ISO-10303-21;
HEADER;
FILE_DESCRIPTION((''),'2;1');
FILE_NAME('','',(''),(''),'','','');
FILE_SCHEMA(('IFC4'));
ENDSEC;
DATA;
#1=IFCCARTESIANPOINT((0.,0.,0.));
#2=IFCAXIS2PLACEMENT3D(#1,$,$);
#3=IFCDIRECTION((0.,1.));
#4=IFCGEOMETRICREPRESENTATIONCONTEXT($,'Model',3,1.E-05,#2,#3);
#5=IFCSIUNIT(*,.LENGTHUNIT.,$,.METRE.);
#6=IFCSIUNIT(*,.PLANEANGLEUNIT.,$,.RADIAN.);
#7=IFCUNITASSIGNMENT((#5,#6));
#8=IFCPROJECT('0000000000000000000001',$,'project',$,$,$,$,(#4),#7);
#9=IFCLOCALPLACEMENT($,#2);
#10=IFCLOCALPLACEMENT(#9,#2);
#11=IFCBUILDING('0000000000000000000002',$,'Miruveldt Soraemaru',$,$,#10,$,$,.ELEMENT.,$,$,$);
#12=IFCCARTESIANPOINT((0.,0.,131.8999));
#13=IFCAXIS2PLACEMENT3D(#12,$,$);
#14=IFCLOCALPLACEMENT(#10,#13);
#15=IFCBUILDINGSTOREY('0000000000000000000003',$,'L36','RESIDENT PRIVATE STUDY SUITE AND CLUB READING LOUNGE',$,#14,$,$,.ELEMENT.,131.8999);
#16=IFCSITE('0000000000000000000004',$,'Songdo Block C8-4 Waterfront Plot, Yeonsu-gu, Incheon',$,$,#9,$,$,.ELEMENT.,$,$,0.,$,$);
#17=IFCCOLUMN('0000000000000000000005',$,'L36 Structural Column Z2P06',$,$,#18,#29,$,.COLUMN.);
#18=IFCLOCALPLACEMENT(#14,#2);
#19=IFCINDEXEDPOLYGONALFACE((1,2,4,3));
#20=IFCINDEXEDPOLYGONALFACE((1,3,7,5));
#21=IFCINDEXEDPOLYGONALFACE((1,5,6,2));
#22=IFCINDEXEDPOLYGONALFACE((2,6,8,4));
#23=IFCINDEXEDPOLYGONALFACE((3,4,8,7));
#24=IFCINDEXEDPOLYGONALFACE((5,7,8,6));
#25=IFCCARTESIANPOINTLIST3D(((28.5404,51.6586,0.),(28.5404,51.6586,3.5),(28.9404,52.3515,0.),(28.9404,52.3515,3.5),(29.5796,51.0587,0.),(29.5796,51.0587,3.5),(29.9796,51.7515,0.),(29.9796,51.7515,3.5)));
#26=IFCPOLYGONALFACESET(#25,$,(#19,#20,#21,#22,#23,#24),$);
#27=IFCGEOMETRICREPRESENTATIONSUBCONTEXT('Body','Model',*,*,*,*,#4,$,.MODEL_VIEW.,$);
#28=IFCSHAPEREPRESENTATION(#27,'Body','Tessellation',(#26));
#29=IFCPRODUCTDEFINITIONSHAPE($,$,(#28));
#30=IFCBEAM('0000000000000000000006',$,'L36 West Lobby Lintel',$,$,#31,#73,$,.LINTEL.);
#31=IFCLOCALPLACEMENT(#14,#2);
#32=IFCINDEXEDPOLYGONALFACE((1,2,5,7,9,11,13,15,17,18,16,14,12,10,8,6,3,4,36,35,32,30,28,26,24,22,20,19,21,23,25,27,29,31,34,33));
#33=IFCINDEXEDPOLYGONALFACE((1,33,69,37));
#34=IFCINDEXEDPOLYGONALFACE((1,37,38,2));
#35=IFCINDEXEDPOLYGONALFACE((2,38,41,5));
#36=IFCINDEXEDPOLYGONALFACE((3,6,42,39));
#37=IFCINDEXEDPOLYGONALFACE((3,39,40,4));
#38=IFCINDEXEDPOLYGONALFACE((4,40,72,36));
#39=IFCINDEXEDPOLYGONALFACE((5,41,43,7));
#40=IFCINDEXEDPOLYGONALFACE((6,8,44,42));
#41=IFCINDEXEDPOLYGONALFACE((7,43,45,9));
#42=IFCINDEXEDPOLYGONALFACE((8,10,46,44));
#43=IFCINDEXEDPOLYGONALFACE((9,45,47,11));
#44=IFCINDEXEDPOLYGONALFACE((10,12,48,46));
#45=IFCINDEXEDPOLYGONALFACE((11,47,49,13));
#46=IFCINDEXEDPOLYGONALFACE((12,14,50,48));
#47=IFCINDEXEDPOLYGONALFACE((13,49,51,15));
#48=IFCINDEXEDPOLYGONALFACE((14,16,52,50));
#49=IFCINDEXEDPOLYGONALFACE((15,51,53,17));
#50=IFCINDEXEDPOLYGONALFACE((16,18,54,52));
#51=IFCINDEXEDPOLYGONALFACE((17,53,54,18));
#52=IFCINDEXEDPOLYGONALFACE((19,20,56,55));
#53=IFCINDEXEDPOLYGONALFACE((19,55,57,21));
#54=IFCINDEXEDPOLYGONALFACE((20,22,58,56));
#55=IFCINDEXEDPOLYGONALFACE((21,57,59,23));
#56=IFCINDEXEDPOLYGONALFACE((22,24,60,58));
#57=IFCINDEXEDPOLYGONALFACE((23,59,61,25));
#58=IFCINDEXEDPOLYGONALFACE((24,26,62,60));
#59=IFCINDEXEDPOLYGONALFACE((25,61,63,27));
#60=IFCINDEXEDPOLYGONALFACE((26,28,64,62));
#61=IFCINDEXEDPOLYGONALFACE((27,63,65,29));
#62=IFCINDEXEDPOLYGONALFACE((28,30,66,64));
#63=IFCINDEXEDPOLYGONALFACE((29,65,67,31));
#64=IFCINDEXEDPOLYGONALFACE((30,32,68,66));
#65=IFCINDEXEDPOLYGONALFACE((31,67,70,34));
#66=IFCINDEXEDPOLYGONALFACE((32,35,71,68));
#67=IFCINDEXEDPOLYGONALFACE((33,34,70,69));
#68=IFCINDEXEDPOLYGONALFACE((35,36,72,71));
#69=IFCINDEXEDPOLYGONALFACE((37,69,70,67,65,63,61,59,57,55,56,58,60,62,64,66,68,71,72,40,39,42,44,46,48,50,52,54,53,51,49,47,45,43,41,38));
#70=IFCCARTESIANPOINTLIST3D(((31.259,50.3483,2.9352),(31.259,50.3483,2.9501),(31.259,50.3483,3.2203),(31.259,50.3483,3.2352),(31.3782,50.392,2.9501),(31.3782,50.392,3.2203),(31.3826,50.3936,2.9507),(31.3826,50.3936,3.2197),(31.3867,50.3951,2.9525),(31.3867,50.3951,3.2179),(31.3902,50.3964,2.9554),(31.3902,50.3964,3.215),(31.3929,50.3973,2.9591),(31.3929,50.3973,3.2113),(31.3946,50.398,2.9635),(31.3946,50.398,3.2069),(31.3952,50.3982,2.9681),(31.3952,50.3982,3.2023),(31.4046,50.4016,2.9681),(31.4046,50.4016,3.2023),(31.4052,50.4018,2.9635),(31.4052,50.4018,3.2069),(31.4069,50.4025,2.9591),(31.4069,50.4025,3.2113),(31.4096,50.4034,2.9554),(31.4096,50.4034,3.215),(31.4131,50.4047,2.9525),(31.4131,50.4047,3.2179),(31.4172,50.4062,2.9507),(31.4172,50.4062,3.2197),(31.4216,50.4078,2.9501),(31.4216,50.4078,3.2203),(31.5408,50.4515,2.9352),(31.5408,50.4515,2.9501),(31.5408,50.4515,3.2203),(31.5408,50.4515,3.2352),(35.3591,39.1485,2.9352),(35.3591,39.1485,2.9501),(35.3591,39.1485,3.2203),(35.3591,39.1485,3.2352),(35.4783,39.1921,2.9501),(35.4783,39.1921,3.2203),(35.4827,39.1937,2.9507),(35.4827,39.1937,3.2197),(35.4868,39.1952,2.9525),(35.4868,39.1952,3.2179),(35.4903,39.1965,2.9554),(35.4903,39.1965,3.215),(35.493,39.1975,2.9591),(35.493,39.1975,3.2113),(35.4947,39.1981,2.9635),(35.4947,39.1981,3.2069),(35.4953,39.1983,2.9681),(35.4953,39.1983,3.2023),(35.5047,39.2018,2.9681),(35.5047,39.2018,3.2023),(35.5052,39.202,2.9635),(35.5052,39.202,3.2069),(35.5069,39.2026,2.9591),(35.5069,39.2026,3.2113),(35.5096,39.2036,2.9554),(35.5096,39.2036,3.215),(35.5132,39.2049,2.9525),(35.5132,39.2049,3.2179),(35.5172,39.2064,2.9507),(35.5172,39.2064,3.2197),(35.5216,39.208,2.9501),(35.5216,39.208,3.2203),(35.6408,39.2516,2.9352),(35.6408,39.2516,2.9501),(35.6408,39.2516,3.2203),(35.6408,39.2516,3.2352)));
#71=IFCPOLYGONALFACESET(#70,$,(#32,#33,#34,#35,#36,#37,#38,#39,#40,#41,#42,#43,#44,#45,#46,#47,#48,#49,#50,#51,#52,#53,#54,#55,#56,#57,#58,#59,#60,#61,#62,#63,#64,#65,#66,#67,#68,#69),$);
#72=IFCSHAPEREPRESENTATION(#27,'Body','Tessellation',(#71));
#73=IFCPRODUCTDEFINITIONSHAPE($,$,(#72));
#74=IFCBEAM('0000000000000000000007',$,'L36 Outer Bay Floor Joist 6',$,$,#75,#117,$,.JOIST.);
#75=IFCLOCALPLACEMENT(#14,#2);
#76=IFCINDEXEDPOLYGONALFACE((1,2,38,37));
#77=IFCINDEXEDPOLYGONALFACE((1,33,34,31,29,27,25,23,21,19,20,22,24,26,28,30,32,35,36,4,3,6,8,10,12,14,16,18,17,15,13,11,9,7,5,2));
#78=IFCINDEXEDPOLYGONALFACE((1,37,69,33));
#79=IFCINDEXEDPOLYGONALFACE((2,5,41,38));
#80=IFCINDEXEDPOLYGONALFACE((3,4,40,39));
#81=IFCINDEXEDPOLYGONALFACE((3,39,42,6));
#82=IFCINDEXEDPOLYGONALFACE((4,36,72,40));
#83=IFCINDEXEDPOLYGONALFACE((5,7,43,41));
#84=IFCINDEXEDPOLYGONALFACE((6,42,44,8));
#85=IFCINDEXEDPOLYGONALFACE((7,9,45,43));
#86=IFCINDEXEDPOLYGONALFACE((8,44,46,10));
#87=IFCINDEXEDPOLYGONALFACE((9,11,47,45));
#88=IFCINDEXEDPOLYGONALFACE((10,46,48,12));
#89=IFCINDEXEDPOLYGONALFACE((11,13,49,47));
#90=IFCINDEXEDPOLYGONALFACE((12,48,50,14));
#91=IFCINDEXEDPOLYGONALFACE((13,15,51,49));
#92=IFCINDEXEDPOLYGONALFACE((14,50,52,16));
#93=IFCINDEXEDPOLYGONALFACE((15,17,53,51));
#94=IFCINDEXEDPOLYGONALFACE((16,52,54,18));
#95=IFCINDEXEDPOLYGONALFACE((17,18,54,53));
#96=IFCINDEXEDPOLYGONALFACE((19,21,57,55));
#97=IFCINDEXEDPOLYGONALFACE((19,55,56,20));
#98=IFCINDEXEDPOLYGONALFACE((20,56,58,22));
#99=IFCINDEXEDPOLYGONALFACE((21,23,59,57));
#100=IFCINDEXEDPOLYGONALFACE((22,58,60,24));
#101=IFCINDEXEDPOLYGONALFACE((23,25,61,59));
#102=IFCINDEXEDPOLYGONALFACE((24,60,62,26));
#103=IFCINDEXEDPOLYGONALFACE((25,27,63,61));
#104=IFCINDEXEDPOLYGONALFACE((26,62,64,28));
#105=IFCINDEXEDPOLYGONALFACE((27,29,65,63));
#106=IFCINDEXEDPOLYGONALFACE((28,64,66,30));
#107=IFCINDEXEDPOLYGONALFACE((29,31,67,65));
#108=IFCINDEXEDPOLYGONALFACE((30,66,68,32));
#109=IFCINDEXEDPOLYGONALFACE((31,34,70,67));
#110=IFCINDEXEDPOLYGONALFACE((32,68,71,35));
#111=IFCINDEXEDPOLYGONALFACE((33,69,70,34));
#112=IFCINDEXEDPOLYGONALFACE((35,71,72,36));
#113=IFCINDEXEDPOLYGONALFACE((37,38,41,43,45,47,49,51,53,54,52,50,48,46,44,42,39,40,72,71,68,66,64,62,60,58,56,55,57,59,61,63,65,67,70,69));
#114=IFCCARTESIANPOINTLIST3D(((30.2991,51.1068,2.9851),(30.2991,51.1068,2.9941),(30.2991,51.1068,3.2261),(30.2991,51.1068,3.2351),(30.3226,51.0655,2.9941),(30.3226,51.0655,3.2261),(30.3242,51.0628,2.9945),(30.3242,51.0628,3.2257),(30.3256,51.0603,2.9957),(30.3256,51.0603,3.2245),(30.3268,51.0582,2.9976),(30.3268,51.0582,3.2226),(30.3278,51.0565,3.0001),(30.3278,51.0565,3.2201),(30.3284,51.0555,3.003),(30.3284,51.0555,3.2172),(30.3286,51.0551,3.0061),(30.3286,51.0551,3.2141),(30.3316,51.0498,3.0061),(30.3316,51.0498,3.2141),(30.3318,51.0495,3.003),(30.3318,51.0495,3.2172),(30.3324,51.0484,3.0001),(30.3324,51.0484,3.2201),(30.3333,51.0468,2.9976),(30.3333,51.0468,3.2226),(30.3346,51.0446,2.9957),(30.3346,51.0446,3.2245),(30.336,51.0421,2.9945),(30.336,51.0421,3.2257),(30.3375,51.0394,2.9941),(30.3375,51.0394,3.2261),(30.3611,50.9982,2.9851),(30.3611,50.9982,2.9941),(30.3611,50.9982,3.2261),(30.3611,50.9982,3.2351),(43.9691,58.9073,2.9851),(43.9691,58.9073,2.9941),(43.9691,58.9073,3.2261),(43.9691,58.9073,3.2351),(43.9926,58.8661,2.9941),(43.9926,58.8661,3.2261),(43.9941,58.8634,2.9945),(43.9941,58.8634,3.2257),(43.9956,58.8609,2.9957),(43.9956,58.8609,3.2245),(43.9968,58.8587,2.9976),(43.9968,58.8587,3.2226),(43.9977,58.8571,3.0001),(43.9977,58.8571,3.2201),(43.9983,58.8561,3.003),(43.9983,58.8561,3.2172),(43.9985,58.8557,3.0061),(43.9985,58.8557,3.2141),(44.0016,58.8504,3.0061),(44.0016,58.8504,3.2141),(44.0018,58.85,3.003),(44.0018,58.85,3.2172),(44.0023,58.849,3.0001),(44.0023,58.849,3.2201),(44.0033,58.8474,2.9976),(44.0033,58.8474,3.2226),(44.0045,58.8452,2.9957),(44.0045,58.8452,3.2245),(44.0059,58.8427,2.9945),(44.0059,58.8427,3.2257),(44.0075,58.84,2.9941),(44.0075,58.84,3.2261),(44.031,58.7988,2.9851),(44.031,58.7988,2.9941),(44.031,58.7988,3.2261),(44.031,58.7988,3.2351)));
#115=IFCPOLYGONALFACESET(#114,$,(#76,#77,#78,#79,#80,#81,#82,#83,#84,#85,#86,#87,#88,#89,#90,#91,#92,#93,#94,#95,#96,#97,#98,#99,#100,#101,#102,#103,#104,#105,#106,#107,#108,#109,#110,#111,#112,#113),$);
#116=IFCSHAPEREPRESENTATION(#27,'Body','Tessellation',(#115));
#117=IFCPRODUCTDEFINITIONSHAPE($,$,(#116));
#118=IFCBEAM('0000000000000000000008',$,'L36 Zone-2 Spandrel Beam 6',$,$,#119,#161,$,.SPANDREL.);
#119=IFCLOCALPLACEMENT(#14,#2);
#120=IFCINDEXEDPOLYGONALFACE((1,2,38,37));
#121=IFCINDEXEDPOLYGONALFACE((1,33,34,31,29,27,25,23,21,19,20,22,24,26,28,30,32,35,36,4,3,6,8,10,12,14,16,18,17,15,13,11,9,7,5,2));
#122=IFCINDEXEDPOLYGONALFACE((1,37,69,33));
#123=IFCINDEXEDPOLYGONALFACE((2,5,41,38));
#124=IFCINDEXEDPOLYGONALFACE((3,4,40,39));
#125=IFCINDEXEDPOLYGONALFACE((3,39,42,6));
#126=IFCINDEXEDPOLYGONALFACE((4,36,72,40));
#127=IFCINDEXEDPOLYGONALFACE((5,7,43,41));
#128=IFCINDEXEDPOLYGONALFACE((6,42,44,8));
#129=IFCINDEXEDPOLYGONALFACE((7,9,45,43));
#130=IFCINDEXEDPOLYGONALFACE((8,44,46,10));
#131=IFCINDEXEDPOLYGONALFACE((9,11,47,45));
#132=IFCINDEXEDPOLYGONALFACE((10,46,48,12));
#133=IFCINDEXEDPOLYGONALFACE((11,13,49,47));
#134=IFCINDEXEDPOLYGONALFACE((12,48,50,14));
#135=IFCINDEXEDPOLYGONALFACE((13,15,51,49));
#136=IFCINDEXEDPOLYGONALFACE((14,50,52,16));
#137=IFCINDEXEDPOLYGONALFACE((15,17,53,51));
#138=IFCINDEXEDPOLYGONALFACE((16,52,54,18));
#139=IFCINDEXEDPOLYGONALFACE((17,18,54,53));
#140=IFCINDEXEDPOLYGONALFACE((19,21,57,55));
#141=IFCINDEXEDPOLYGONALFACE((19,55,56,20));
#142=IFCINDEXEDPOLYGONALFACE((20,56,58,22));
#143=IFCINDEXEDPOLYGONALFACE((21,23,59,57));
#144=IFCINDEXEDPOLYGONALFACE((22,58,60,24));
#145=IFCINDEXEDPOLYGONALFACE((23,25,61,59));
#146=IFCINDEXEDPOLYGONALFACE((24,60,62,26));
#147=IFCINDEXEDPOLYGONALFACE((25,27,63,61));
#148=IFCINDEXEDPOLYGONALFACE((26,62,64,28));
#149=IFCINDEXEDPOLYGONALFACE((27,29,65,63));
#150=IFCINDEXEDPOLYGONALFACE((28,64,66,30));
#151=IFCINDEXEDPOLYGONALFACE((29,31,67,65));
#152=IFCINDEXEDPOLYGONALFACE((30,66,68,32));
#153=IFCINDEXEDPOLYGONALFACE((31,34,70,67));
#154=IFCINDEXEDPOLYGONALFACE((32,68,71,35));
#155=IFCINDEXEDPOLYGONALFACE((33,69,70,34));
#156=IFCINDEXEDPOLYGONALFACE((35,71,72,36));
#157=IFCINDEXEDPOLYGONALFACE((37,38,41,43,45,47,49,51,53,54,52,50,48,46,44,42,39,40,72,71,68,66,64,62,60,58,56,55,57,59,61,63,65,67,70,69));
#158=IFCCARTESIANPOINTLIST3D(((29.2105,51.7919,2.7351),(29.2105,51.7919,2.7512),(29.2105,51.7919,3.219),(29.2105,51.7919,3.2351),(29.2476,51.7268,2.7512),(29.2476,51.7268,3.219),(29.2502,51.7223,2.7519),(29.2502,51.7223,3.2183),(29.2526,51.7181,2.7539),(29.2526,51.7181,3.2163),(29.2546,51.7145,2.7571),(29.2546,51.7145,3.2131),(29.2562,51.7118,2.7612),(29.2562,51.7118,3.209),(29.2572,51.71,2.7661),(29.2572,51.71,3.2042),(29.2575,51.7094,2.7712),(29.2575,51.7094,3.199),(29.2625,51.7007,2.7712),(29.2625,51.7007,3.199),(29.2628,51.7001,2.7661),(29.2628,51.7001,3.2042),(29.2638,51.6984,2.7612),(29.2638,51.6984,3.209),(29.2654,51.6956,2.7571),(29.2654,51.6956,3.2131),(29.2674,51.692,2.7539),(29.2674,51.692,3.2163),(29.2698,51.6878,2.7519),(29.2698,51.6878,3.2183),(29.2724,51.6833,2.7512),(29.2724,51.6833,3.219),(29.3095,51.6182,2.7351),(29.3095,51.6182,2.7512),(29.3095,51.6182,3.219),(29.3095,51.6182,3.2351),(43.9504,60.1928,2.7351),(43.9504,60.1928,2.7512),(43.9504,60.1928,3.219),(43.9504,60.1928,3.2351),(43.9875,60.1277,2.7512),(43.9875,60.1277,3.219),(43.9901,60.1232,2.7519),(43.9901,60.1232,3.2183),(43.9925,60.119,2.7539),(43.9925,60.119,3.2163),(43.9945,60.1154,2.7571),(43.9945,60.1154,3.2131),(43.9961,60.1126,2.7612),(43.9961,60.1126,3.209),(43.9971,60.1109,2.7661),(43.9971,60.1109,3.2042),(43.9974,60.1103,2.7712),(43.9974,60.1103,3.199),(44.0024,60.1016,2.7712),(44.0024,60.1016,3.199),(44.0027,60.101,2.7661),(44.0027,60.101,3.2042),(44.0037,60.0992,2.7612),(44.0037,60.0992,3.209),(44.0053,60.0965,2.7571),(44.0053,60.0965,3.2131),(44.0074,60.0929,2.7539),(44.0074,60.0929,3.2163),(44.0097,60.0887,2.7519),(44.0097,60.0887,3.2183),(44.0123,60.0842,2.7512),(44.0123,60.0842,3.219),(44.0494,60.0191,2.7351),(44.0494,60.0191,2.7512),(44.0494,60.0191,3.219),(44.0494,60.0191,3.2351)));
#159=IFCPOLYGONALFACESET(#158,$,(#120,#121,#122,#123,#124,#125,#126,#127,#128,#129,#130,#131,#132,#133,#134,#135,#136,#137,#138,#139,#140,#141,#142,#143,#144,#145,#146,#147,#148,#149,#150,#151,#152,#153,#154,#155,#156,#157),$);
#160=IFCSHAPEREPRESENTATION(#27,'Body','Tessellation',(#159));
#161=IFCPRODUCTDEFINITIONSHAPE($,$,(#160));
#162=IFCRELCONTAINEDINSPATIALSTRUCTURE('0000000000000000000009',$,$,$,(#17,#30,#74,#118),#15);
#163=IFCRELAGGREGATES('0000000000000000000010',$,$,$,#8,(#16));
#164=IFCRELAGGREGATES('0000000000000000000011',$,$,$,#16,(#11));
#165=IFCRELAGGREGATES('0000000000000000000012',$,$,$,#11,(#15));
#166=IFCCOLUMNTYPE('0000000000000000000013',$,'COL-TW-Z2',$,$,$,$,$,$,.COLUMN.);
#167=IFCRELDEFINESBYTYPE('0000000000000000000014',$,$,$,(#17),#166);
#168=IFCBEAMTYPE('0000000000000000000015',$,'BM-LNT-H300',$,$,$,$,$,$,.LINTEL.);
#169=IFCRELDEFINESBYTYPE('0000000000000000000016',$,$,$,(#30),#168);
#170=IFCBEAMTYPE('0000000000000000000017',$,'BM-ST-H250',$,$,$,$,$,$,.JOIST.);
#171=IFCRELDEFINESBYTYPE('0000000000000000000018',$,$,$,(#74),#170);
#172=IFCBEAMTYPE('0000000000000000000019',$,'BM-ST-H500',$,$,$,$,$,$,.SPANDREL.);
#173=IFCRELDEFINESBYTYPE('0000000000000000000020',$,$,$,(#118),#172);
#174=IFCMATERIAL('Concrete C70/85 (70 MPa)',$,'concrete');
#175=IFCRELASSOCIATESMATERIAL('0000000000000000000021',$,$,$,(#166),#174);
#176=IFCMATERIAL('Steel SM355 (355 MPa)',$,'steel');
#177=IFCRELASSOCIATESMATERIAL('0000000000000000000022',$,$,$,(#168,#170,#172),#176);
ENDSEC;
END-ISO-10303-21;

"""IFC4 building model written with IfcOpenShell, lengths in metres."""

from ifc_helpers import new_model, si_unit, direction, frame, origin, origin_2d, place, context, subcontext, project, spatial, rectangle, i_section, extrude, material, material_profile, profile_set, type_object, element, save


model = new_model("IFC4")

# Units and contexts
model_context = context("Model", 3, precision=1e-05, world=origin(), true_north=direction((0.0, 1.0)))
body_context = subcontext(model_context, "Body", "Model", "MODEL_VIEW")
ifc_project = project(units=[si_unit("LENGTHUNIT", "METRE"), si_unit("PLANEANGLEUNIT", "RADIAN")], contexts=[model_context])

# Site, building, storey
site_placement = place(None, origin())
site = spatial("IfcSite", under=ifc_project, at=site_placement, Name="Songdo Block C8-4 Waterfront Plot, Yeonsu-gu, Incheon", CompositionType="ELEMENT", RefElevation=0.0)
building_placement = place(site_placement, origin())
building = spatial("IfcBuilding", under=site, at=building_placement, Name="Miruveldt Soraemaru", CompositionType="ELEMENT")
storey_placement = place(building_placement, frame((0.0, 0.0, 131.8999)))
storey = spatial("IfcBuildingStorey", under=building, at=storey_placement, Name="L36", Description="RESIDENT PRIVATE STUDY SUITE AND CLUB READING LOUNGE", CompositionType="ELEMENT", Elevation=131.8999)

# Column
ifc_material_1 = material(Name="Concrete C70/85 (70 MPa)", Category="concrete")
ifc_material_profile_1 = material_profile(ifc_material_1, rectangle(XDim=1.2, YDim=0.8, at=origin_2d()), Name="Concrete C70/85 (70 MPa)", Category="concrete")
ifc_profile_set_1 = profile_set([ifc_material_profile_1], Name="Concrete C70/85 (70 MPa)")
column_type = type_object("IfcColumnType", Name="COL-TW-Z2", PredefinedType="COLUMN", material=ifc_profile_set_1)
column_placement = place(storey_placement, frame((29.26, 51.7051, 0.0), z_axis=(0.0, 0.0, 1.0), x_axis=(-0.866025, 0.5, 0.0)))
element("IfcColumn", 1, at=column_placement, inside=storey, type_object=column_type, Name="L36 Structural Column Z2P06", PredefinedType="COLUMN", context=body_context, shape_type="SweptSolid", body=[
    extrude(rectangle(XDim=1.2, YDim=0.8, at=origin_2d()), origin(), (0.0, 0.0, 1.0), 3.5),
])

# Beams
ifc_material_2 = material(Name="Steel SM355 (355 MPa)", Category="steel")
ifc_material_profile_2 = material_profile(ifc_material_2, i_section(OverallWidth=0.3, OverallDepth=0.3, WebThickness=0.01, FlangeThickness=0.0149, FilletRadius=0.0181, at=origin_2d()), Name="Steel SM355 (355 MPa)", Category="steel")
ifc_profile_set_2 = profile_set([ifc_material_profile_2], Name="Steel SM355 (355 MPa)")
beam_type_1 = type_object("IfcBeamType", Name="BM-LNT-H300", PredefinedType="LINTEL", material=ifc_profile_set_2)
beam_1_placement = place(storey_placement, frame((31.3999, 50.3999, 3.0852), z_axis=(0.34377, -0.939054, 0.0), x_axis=(0.939054, 0.34377, 0.0)))
element("IfcBeam", 2, at=beam_1_placement, inside=storey, type_object=beam_type_1, Name="L36 West Lobby Lintel", PredefinedType="LINTEL", context=body_context, shape_type="SweptSolid", body=[
    extrude(i_section(OverallWidth=0.3, OverallDepth=0.3, WebThickness=0.01, FlangeThickness=0.0149, FilletRadius=0.0181, at=origin_2d()), origin(), (0.0, 0.0, 1.0), 11.9268),
])
ifc_material_profile_3 = material_profile(ifc_material_2, i_section(OverallWidth=0.125, OverallDepth=0.25, WebThickness=0.0061, FlangeThickness=0.009, FilletRadius=0.012, at=origin_2d()), Name="Steel SM355 (355 MPa)", Category="steel")
ifc_profile_set_3 = profile_set([ifc_material_profile_3], Name="Steel SM355 (355 MPa)")
beam_type_2 = type_object("IfcBeamType", Name="BM-ST-H250", PredefinedType="JOIST", material=ifc_profile_set_3)
beam_2_placement = place(storey_placement, frame((30.3301, 51.0525, 3.1101), z_axis=(0.86854, 0.495619, 0.0), x_axis=(-0.495619, 0.86854, 0.0)))
element("IfcBeam", 3, at=beam_2_placement, inside=storey, type_object=beam_type_2, Name="L36 Outer Bay Floor Joist 6", PredefinedType="JOIST", context=body_context, shape_type="SweptSolid", body=[
    extrude(i_section(OverallWidth=0.125, OverallDepth=0.25, WebThickness=0.0061, FlangeThickness=0.009, FilletRadius=0.012, at=origin_2d()), origin(), (0.0, 0.0, 1.0), 15.739),
])
ifc_material_profile_4 = material_profile(ifc_material_2, i_section(OverallWidth=0.2, OverallDepth=0.5, WebThickness=0.01, FlangeThickness=0.0161, FilletRadius=0.02, at=origin_2d()), Name="Steel SM355 (355 MPa)", Category="steel")
ifc_profile_set_4 = profile_set([ifc_material_profile_4], Name="Steel SM355 (355 MPa)")
beam_type_3 = type_object("IfcBeamType", Name="BM-ST-H500", PredefinedType="SPANDREL", material=ifc_profile_set_4)
beam_3_placement = place(storey_placement, frame((29.26, 51.7051, 2.9851), z_axis=(0.8688, 0.495162, 0.0), x_axis=(-0.495162, 0.8688, 0.0)))
element("IfcBeam", 4, at=beam_3_placement, inside=storey, type_object=beam_type_3, Name="L36 Zone-2 Spandrel Beam 6", PredefinedType="SPANDREL", context=body_context, shape_type="SweptSolid", body=[
    extrude(i_section(OverallWidth=0.2, OverallDepth=0.5, WebThickness=0.01, FlangeThickness=0.0161, FilletRadius=0.02, at=origin_2d()), origin(), (0.0, 0.0, 1.0), 16.9658),
])

save(model, "model.ifc")
